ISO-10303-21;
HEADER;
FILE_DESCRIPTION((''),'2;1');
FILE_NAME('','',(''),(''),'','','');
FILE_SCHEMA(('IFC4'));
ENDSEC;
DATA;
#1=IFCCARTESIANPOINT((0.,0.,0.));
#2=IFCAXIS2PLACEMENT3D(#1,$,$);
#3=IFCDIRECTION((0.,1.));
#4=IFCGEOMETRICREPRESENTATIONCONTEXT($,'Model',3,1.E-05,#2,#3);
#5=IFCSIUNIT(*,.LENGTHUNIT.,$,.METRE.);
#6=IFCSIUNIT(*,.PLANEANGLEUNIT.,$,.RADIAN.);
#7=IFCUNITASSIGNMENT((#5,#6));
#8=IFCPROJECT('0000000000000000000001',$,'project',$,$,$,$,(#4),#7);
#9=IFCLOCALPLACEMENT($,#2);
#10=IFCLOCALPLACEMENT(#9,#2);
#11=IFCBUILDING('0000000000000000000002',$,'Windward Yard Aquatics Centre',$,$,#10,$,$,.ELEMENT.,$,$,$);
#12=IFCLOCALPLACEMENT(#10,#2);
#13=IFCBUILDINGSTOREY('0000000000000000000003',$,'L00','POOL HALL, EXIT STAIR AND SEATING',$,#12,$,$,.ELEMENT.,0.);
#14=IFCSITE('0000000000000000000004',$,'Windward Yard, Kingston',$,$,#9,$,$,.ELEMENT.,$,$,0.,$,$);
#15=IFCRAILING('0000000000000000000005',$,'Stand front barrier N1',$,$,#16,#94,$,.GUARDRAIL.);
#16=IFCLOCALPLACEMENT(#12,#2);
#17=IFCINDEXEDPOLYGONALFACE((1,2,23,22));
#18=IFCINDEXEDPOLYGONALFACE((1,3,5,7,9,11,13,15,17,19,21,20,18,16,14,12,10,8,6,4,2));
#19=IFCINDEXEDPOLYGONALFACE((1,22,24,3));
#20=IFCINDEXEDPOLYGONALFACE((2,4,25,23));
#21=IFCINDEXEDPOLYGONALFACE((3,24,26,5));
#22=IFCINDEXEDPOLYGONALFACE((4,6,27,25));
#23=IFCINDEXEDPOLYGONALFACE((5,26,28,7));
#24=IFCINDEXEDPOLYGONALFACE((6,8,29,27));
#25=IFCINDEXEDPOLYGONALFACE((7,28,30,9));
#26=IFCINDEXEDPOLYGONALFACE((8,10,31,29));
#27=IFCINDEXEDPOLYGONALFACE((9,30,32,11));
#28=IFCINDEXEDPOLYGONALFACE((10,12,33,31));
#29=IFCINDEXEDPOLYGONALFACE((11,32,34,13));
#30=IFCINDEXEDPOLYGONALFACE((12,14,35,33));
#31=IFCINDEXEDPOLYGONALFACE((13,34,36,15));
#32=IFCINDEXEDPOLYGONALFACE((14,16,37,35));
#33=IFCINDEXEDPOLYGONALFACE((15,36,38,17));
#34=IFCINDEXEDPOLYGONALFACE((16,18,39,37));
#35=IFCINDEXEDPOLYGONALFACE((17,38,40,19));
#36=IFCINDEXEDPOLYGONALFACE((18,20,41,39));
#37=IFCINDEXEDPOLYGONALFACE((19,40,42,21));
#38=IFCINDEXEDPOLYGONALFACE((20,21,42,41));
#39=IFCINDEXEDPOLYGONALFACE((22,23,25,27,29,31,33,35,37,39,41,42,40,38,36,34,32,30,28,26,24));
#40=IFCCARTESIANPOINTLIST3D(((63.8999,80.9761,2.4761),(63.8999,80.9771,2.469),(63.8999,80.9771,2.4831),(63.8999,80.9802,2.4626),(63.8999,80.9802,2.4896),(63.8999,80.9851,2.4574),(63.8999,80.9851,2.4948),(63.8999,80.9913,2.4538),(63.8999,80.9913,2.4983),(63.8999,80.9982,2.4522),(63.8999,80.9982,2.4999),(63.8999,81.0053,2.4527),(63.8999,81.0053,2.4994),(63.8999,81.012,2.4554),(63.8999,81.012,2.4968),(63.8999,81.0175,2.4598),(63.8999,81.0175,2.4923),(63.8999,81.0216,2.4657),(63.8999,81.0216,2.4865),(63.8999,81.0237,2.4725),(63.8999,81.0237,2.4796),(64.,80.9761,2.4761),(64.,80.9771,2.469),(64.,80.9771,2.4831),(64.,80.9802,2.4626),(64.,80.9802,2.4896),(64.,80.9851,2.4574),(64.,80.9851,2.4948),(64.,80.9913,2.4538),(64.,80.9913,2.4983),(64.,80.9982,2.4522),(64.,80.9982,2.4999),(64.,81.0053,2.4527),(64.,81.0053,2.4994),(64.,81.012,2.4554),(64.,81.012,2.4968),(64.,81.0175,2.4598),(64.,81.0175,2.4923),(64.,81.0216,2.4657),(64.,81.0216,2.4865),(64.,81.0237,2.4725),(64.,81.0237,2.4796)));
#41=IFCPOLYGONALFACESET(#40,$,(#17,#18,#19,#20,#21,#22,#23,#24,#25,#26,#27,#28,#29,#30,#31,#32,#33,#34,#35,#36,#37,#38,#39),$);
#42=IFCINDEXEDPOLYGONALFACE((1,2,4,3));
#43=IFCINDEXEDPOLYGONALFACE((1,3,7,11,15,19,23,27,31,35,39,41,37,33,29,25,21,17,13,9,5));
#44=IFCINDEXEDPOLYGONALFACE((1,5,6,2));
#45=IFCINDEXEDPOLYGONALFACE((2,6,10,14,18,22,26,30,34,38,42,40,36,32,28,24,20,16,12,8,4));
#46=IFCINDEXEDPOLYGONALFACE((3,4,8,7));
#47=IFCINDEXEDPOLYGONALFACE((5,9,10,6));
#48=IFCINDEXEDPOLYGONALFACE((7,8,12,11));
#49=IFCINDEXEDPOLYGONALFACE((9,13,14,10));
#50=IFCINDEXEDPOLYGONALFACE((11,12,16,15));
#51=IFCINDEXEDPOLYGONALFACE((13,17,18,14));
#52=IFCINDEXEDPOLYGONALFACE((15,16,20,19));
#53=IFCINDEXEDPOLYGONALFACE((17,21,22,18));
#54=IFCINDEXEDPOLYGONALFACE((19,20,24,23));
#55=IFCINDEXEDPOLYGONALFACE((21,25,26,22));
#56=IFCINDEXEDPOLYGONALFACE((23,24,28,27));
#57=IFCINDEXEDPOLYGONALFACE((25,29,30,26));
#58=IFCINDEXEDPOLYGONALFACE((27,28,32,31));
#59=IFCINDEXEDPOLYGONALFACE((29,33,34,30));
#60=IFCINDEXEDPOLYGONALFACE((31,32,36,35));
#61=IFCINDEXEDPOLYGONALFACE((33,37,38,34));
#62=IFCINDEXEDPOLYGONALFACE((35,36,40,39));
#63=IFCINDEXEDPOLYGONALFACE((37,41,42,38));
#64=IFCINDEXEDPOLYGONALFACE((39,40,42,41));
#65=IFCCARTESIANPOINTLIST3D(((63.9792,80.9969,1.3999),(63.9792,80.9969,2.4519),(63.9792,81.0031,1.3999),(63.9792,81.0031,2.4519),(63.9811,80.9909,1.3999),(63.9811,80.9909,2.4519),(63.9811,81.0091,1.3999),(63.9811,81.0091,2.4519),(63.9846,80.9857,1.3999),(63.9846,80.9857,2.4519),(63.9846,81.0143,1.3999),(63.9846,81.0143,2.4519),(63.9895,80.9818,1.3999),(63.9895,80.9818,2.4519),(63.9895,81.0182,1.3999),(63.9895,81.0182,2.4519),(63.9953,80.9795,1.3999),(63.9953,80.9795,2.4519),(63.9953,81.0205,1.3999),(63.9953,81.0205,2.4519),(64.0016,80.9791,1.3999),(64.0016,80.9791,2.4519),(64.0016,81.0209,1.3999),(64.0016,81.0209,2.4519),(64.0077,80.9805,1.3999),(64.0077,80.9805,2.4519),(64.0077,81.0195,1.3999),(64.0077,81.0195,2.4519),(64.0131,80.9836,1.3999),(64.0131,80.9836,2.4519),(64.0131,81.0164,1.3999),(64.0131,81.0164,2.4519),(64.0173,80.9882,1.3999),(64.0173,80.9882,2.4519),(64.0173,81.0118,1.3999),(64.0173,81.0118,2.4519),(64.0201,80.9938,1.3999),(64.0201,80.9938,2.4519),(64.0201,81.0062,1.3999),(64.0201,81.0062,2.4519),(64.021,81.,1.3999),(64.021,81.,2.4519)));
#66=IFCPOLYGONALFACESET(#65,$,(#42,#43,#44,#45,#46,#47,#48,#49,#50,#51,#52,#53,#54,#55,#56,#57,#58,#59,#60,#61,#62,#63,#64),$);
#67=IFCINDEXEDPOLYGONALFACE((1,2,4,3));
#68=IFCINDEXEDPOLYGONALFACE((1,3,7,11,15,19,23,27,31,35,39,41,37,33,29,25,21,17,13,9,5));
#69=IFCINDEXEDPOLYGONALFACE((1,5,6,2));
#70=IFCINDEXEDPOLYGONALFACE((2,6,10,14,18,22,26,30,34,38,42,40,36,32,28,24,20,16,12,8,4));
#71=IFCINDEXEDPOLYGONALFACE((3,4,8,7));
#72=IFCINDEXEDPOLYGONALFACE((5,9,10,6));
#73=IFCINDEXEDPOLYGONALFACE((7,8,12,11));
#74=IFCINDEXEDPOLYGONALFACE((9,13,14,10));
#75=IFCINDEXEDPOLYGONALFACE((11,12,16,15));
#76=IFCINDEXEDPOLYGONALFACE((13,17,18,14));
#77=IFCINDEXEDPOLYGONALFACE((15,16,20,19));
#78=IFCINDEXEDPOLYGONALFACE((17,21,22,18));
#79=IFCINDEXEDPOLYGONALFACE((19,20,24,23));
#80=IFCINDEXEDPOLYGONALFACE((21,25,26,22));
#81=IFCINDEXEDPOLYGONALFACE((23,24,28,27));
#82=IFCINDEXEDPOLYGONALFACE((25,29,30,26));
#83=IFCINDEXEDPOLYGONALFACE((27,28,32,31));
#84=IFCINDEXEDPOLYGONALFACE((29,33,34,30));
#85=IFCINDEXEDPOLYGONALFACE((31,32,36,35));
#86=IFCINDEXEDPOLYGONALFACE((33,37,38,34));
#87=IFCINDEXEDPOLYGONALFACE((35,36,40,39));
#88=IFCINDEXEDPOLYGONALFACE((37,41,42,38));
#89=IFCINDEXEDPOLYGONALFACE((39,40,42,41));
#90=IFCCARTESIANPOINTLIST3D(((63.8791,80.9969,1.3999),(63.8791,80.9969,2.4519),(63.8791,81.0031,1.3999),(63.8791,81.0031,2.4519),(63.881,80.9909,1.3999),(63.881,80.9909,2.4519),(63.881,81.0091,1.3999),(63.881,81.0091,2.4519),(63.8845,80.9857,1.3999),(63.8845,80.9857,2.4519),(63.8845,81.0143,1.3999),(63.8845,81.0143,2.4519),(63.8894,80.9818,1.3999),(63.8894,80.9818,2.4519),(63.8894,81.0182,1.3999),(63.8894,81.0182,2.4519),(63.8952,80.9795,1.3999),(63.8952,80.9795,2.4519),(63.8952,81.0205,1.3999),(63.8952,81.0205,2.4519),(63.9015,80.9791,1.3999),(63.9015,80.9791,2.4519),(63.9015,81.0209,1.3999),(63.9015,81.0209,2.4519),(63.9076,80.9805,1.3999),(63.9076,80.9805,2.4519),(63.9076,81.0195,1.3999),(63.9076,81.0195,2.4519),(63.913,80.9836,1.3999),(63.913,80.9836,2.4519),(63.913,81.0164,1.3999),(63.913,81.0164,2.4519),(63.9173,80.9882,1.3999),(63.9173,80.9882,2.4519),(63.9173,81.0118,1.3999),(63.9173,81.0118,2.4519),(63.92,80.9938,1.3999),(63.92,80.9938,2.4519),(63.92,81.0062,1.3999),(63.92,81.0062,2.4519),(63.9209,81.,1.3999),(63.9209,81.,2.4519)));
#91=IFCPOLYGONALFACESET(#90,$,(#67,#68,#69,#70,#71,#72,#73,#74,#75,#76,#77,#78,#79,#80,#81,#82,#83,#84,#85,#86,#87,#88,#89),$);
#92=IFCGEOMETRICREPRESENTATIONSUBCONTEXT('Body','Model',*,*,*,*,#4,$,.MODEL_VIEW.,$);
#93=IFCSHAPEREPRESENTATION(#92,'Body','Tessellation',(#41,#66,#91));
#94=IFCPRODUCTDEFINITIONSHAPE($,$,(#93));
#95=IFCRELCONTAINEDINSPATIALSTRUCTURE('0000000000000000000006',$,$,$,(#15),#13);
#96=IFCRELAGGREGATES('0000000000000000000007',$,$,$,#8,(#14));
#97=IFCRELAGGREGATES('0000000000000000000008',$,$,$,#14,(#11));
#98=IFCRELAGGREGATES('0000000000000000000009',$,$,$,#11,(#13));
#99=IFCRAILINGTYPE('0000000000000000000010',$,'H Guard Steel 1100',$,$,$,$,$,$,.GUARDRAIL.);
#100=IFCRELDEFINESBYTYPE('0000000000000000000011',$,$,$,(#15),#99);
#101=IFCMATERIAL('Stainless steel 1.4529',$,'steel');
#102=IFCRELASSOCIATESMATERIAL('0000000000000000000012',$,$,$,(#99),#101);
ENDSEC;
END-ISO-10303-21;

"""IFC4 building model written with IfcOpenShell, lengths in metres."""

from ifc_helpers import new_model, si_unit, direction, frame, origin, origin_2d, place, context, subcontext, project, spatial, circle, extrude, material, type_object, element, save


model = new_model("IFC4")

# Units and contexts
model_context = context("Model", 3, precision=1e-05, world=origin(), true_north=direction((0.0, 1.0)))
body_context = subcontext(model_context, "Body", "Model", "MODEL_VIEW")
ifc_project = project(units=[si_unit("LENGTHUNIT", "METRE"), si_unit("PLANEANGLEUNIT", "RADIAN")], contexts=[model_context])

# Site, building, storey
site_placement = place(None, origin())
site = spatial("IfcSite", under=ifc_project, at=site_placement, Name="Windward Yard, Kingston", CompositionType="ELEMENT", RefElevation=0.0)
building_placement = place(site_placement, origin())
building = spatial("IfcBuilding", under=site, at=building_placement, Name="Windward Yard Aquatics Centre", CompositionType="ELEMENT")
storey_placement = place(building_placement, origin())
storey = spatial("IfcBuildingStorey", under=building, at=storey_placement, Name="L00", Description="POOL HALL, EXIT STAIR AND SEATING", CompositionType="ELEMENT", Elevation=0.0)

# Railing
ifc_material_1 = material(Name="Stainless steel 1.4529", Category="steel")
railing_type = type_object("IfcRailingType", Name="H Guard Steel 1100", PredefinedType="GUARDRAIL", material=ifc_material_1)
railing_1_placement = place(storey_placement, frame((64.0, 81.0, 1.3999)))
element("IfcRailing", 1, at=railing_1_placement, inside=storey, type_object=railing_type, Name="Stand front barrier N1", PredefinedType="GUARDRAIL", context=body_context, shape_type="SweptSolid", body=[
    extrude(circle(Radius=0.0239, at=origin_2d()), frame((0.0, 0.0, 1.0762), z_axis=(-1.0, 0.0, 0.0), x_axis=(0.0, -1.0, 0.0)), (0.0, 0.0, 1.0), 0.1001),
    extrude(circle(Radius=0.021, at=origin_2d()), origin(), (0.0, 0.0, 1.0), 1.052),
    extrude(circle(Radius=0.021, at=origin_2d()), frame((-0.1001, 0.0, 0.0)), (0.0, 0.0, 1.0), 1.052),
])

save(model, "model.ifc")
